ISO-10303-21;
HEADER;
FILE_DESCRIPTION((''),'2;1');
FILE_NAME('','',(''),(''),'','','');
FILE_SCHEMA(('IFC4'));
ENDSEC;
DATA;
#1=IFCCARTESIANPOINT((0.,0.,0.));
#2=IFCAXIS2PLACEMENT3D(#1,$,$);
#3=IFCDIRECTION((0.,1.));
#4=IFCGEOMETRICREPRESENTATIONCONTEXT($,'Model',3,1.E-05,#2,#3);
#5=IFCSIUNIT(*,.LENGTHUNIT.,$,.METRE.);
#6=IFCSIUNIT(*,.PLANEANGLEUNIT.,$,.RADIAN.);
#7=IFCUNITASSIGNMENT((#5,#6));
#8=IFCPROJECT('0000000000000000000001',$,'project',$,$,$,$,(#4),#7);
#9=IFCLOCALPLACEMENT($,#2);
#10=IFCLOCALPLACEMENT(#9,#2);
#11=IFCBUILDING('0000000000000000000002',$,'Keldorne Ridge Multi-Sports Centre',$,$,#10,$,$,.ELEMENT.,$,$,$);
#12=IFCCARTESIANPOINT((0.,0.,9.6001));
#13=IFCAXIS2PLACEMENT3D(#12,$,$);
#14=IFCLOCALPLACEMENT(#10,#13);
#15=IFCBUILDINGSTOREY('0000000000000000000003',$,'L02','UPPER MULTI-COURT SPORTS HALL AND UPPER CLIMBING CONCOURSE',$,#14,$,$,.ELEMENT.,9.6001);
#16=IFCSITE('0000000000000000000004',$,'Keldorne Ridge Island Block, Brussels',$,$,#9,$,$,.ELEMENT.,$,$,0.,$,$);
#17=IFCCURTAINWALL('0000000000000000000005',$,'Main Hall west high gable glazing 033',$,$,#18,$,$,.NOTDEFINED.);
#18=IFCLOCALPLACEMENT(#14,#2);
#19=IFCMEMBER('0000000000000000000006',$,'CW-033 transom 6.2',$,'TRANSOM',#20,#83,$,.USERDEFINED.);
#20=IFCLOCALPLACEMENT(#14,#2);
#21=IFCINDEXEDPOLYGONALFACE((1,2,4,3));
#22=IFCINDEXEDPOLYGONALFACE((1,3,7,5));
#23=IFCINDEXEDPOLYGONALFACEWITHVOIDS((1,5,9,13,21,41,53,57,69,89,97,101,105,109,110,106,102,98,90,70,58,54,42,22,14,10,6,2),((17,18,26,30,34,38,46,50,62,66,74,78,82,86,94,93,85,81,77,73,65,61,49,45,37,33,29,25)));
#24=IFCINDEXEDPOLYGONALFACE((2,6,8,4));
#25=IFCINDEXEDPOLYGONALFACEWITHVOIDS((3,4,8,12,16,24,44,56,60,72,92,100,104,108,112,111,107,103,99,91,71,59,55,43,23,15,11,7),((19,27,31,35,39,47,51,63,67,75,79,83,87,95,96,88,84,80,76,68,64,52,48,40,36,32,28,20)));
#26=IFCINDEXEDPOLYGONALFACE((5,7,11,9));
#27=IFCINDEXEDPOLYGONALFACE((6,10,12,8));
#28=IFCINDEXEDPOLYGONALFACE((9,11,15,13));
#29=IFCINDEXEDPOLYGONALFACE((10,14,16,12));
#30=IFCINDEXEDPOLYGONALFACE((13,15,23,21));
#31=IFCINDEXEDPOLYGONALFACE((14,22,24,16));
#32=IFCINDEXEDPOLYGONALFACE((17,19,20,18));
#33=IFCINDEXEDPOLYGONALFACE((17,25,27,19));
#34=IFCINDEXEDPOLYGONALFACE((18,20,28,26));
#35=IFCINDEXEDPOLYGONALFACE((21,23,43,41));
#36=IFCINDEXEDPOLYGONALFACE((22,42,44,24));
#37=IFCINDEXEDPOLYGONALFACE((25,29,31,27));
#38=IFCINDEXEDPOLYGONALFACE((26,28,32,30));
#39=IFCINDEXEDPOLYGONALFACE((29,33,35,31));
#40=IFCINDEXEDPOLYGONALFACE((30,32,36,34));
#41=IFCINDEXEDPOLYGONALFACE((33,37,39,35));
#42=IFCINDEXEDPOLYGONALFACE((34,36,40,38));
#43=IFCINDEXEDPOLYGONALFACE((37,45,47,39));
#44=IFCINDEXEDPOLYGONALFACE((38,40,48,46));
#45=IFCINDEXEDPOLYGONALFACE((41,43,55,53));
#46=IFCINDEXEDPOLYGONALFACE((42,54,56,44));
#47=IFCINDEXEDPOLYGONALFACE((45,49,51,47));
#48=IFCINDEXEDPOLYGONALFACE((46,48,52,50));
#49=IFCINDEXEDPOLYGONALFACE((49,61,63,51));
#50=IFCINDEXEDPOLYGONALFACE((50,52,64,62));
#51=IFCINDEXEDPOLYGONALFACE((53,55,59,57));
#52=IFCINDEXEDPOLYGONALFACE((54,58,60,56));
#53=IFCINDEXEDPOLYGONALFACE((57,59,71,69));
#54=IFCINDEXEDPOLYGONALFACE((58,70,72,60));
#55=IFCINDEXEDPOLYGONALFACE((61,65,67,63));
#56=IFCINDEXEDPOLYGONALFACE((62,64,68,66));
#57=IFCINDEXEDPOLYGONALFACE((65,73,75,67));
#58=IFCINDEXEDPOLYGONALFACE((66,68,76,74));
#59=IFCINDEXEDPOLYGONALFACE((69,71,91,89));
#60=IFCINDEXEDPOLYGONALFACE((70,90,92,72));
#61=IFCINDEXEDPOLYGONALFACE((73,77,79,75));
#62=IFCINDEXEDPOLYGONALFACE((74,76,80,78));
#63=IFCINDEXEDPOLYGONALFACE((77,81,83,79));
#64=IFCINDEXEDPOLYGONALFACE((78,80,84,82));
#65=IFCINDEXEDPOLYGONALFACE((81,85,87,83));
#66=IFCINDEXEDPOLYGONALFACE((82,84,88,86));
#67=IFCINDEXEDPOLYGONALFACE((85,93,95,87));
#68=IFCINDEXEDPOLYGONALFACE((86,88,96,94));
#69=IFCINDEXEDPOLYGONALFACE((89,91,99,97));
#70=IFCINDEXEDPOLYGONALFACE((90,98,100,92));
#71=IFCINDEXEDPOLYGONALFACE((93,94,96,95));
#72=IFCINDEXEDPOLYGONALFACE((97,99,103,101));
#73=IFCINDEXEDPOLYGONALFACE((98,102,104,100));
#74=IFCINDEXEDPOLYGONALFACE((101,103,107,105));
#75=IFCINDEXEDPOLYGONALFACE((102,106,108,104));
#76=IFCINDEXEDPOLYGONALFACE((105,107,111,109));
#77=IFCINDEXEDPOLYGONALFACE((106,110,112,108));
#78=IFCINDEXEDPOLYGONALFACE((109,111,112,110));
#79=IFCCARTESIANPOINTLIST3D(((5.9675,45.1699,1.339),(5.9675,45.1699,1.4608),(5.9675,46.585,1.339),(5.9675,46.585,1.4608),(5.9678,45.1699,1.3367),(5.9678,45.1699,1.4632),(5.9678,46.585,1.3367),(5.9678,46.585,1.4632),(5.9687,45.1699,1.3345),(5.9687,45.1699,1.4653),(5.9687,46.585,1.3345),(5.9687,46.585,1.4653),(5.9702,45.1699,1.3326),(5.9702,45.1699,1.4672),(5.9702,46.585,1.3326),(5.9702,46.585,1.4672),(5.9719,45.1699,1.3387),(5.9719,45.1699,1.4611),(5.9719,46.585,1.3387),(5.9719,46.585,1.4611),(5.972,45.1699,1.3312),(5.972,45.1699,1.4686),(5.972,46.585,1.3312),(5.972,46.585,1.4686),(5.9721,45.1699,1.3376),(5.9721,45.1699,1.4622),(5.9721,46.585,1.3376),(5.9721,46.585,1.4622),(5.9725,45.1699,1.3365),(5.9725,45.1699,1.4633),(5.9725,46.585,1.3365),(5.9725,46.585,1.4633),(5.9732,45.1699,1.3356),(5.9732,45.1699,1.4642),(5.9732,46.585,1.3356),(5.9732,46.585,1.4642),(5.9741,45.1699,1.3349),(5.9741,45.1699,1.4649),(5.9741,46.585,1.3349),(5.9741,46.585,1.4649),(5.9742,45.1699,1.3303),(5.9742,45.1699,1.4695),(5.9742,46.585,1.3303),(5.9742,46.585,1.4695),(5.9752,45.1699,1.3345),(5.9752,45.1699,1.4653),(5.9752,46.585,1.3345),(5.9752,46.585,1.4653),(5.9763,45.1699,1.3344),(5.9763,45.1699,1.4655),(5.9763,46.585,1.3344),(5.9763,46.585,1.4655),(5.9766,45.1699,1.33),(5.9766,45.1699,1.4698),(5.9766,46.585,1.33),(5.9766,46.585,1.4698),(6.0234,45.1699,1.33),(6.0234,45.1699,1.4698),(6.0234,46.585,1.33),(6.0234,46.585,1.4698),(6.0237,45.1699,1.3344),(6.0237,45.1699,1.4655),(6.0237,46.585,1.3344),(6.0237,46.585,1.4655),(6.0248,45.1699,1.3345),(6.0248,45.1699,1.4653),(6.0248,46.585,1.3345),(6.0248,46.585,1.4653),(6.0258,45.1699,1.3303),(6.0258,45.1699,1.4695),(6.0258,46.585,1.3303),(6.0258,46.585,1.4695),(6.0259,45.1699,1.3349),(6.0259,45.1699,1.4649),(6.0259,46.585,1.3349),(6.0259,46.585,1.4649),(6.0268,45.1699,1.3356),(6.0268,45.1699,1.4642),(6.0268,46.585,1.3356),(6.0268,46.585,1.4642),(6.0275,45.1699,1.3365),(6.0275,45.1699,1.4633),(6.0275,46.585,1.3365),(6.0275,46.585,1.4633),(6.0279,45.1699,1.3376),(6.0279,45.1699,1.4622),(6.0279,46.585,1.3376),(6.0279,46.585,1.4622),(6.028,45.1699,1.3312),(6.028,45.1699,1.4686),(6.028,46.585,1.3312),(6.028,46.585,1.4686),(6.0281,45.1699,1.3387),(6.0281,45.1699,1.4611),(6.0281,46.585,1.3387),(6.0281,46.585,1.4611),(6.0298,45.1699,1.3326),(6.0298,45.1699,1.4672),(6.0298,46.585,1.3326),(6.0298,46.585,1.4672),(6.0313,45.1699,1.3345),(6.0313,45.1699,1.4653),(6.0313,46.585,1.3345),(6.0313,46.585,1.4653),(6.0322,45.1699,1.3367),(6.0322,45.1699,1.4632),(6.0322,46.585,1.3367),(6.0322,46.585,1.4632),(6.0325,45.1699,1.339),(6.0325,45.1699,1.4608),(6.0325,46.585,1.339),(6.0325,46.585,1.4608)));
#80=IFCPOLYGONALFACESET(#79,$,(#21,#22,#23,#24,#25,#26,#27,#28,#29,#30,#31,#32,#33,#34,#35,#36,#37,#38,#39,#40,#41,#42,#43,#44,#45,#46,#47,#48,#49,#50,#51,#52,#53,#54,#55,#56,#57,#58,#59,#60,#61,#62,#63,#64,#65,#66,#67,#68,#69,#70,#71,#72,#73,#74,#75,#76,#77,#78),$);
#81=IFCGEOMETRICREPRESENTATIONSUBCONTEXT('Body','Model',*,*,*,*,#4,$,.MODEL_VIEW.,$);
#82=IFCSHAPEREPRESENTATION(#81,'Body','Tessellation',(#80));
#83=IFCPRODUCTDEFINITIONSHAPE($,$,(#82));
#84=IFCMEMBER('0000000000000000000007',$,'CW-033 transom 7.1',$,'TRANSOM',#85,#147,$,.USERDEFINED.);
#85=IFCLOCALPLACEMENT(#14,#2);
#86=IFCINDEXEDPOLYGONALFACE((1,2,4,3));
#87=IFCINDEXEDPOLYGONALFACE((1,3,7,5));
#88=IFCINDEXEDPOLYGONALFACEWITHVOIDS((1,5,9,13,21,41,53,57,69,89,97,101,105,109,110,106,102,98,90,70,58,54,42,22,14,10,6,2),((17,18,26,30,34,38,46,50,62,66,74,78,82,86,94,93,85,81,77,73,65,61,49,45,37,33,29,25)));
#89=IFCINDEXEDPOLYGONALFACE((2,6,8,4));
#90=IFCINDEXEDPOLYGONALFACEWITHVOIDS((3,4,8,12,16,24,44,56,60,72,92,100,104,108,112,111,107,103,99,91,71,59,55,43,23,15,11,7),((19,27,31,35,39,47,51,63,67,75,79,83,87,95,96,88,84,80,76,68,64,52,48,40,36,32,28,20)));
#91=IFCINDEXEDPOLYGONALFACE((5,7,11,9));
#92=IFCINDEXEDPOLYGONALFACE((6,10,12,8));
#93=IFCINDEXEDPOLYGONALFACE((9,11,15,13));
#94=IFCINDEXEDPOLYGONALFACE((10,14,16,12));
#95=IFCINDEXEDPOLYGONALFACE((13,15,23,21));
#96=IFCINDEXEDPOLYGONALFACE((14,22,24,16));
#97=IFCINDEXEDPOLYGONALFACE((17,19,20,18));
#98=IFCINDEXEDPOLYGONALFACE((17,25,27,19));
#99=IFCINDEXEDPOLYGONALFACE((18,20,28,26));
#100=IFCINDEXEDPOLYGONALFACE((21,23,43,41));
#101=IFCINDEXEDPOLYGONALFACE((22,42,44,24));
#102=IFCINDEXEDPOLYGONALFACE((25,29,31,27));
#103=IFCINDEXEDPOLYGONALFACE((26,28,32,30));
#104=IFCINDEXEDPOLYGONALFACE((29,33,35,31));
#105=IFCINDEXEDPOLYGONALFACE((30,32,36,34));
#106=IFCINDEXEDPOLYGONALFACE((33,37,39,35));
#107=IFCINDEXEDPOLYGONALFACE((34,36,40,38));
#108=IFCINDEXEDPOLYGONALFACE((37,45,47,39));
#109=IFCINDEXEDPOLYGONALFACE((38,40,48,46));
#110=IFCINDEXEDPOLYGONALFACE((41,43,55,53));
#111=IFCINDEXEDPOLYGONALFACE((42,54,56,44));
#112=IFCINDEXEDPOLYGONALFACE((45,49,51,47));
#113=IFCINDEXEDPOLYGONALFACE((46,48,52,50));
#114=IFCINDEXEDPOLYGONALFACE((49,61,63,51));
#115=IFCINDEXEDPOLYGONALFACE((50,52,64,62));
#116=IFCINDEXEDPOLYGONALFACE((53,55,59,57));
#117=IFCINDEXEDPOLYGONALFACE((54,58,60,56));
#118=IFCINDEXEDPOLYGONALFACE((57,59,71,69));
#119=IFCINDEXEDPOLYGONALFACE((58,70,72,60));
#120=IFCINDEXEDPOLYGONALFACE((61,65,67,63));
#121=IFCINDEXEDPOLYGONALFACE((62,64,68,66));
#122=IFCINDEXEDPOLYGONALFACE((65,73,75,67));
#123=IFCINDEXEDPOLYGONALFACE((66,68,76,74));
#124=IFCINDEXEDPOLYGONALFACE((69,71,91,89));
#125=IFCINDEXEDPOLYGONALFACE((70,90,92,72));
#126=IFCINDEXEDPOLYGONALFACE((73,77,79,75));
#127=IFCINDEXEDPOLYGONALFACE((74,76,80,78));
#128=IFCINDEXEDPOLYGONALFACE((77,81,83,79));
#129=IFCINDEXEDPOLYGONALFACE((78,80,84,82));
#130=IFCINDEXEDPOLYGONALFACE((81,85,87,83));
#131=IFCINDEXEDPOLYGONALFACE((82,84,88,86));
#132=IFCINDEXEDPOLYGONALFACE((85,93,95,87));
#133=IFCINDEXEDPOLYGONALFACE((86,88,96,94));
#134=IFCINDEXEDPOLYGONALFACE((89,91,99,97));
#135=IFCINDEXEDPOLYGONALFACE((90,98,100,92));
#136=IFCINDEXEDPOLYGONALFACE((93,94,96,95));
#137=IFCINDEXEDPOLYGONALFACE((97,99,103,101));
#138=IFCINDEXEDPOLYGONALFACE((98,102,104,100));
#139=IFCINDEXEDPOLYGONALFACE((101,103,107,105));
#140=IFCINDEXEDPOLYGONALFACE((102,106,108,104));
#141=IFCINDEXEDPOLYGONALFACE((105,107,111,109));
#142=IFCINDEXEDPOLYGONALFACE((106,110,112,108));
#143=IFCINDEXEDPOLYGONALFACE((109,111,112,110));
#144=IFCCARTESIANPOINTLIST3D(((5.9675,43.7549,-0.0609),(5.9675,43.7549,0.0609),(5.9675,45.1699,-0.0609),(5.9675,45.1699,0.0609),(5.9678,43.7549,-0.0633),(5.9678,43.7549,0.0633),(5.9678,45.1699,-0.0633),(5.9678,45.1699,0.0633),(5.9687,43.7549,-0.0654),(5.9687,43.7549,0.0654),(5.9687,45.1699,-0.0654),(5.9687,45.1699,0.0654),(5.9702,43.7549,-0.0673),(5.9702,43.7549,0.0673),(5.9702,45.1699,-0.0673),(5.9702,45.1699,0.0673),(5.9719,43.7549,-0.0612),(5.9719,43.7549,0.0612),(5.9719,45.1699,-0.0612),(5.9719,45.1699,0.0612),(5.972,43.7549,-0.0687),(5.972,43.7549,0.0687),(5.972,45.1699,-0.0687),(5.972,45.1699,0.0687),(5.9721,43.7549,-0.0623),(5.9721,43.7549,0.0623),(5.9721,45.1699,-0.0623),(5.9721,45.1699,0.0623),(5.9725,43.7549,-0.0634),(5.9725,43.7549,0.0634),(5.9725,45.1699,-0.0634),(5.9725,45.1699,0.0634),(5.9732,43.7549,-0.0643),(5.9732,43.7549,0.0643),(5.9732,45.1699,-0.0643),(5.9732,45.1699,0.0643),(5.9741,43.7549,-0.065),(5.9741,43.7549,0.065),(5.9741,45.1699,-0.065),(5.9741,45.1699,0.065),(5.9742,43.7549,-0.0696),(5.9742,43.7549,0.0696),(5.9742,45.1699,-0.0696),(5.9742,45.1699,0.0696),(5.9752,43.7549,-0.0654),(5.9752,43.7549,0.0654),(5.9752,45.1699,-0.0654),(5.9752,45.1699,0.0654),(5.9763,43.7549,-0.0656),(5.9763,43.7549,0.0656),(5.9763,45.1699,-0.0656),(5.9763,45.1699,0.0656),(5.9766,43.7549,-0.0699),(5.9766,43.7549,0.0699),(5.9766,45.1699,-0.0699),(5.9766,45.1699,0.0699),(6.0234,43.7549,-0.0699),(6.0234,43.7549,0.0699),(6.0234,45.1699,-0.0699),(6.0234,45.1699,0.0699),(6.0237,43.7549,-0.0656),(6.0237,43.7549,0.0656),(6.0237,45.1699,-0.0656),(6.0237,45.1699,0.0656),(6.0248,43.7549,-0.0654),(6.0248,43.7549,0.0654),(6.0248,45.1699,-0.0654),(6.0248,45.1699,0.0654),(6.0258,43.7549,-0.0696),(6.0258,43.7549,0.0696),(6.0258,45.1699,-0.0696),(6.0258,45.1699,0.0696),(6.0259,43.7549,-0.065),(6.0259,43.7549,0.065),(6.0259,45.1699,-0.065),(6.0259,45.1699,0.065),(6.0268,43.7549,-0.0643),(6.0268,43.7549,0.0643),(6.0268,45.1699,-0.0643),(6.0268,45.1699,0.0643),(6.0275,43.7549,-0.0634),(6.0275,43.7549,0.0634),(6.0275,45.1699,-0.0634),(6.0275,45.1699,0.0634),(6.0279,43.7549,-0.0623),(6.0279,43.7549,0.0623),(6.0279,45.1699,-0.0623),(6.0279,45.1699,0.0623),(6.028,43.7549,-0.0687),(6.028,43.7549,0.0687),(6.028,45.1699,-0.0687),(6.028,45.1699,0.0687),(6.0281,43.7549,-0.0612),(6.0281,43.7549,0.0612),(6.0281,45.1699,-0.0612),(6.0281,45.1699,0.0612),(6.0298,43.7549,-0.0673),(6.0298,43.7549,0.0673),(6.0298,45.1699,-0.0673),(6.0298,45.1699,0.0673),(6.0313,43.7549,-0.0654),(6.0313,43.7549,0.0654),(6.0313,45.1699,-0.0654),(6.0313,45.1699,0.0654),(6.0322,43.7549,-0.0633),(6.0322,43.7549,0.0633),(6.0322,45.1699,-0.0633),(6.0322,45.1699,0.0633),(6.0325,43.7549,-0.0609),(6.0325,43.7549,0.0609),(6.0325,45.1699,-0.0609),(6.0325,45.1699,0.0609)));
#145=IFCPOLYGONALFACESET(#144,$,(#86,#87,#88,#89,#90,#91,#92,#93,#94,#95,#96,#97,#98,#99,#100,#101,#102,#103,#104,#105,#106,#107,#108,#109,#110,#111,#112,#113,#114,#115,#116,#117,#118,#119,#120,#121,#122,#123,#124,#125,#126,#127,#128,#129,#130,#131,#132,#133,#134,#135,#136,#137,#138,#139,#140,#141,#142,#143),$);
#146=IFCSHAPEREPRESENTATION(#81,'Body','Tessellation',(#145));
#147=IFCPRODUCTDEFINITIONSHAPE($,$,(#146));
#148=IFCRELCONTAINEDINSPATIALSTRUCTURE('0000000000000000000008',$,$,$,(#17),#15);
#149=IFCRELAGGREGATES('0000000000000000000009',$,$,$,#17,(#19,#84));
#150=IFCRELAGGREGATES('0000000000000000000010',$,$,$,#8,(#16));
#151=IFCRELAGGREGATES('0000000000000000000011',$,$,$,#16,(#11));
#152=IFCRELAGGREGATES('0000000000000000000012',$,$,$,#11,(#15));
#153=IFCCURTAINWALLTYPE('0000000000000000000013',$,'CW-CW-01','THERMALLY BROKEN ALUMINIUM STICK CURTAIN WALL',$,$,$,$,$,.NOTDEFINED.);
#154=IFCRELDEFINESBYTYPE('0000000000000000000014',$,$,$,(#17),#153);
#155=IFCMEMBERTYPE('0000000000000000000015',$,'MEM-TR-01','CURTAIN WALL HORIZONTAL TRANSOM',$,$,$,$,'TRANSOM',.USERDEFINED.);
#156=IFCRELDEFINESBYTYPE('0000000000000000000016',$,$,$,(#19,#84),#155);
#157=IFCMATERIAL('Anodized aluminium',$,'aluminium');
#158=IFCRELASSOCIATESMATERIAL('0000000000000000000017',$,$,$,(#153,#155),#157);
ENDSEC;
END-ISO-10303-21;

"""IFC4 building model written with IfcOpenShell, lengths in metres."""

from ifc_helpers import new_model, si_unit, direction, frame, origin, origin_2d, place, context, subcontext, project, spatial, hollow_rectangle, extrude, material, material_profile, profile_set, type_object, element, aggregate, save


model = new_model("IFC4")

# Units and contexts
model_context = context("Model", 3, precision=1e-05, world=origin(), true_north=direction((0.0, 1.0)))
body_context = subcontext(model_context, "Body", "Model", "MODEL_VIEW")
ifc_project = project(units=[si_unit("LENGTHUNIT", "METRE"), si_unit("PLANEANGLEUNIT", "RADIAN")], contexts=[model_context])

# Site, building, storey
site_placement = place(None, origin())
site = spatial("IfcSite", under=ifc_project, at=site_placement, Name="Keldorne Ridge Island Block, Brussels", CompositionType="ELEMENT", RefElevation=0.0)
building_placement = place(site_placement, origin())
building = spatial("IfcBuilding", under=site, at=building_placement, Name="Keldorne Ridge Multi-Sports Centre", CompositionType="ELEMENT")
storey_placement = place(building_placement, frame((0.0, 0.0, 9.6001)))
storey = spatial("IfcBuildingStorey", under=building, at=storey_placement, Name="L02", Description="UPPER MULTI-COURT SPORTS HALL AND UPPER CLIMBING CONCOURSE", CompositionType="ELEMENT", Elevation=9.6001)

# Curtain wall, members
ifc_material_1 = material(Name="Anodized aluminium", Category="aluminium")
curtain_wall_type = type_object("IfcCurtainWallType", Name="CW-CW-01", Description="THERMALLY BROKEN ALUMINIUM STICK CURTAIN WALL", PredefinedType="NOTDEFINED", material=ifc_material_1)
curtain_wall_placement = place(storey_placement, origin())
curtain_wall = element("IfcCurtainWall", 1, at=curtain_wall_placement, inside=storey, type_object=curtain_wall_type, Name="Main Hall west high gable glazing 033", PredefinedType="NOTDEFINED")
ifc_material_profile_1 = material_profile(ifc_material_1, hollow_rectangle(XDim=0.0649, YDim=0.1399, WallThickness=0.0044, InnerFilletRadius=0.0044, OuterFilletRadius=0.009, at=origin_2d()), Name="ALU TRANSOM 140x65x4.5")
ifc_profile_set_1 = profile_set([ifc_material_profile_1], Name="Anodized aluminium")
member_type_1 = type_object("IfcMemberType", Name="MEM-TR-01", Description="CURTAIN WALL HORIZONTAL TRANSOM", ElementType="TRANSOM", PredefinedType="USERDEFINED", material=ifc_profile_set_1)
member_1_placement = place(storey_placement, frame((6.0, 46.585, 1.3999), z_axis=(0.0, -1.0, 0.0), x_axis=(1.0, 0.0, 0.0)))
member_1 = element("IfcMember", 2, at=member_1_placement, type_object=member_type_1, Name="CW-033 transom 6.2", ObjectType="TRANSOM", PredefinedType="USERDEFINED", context=body_context, shape_type="SweptSolid", body=[
    extrude(hollow_rectangle(XDim=0.0649, YDim=0.1399, WallThickness=0.0044, InnerFilletRadius=0.0044, OuterFilletRadius=0.009, at=origin_2d()), origin(), (0.0, 0.0, 1.0), 1.415),
])
member_2_placement = place(storey_placement, frame((6.0, 45.1699, 0.0), z_axis=(0.0, -1.0, 0.0), x_axis=(1.0, 0.0, 0.0)))
member_2 = element("IfcMember", 3, at=member_2_placement, type_object=member_type_1, Name="CW-033 transom 7.1", ObjectType="TRANSOM", PredefinedType="USERDEFINED", context=body_context, shape_type="SweptSolid", body=[
    extrude(hollow_rectangle(XDim=0.0649, YDim=0.1399, WallThickness=0.0044, InnerFilletRadius=0.0044, OuterFilletRadius=0.009, at=origin_2d()), origin(), (0.0, 0.0, 1.0), 1.415),
])
aggregate(curtain_wall, [member_1, member_2])

save(model, "model.ifc")
